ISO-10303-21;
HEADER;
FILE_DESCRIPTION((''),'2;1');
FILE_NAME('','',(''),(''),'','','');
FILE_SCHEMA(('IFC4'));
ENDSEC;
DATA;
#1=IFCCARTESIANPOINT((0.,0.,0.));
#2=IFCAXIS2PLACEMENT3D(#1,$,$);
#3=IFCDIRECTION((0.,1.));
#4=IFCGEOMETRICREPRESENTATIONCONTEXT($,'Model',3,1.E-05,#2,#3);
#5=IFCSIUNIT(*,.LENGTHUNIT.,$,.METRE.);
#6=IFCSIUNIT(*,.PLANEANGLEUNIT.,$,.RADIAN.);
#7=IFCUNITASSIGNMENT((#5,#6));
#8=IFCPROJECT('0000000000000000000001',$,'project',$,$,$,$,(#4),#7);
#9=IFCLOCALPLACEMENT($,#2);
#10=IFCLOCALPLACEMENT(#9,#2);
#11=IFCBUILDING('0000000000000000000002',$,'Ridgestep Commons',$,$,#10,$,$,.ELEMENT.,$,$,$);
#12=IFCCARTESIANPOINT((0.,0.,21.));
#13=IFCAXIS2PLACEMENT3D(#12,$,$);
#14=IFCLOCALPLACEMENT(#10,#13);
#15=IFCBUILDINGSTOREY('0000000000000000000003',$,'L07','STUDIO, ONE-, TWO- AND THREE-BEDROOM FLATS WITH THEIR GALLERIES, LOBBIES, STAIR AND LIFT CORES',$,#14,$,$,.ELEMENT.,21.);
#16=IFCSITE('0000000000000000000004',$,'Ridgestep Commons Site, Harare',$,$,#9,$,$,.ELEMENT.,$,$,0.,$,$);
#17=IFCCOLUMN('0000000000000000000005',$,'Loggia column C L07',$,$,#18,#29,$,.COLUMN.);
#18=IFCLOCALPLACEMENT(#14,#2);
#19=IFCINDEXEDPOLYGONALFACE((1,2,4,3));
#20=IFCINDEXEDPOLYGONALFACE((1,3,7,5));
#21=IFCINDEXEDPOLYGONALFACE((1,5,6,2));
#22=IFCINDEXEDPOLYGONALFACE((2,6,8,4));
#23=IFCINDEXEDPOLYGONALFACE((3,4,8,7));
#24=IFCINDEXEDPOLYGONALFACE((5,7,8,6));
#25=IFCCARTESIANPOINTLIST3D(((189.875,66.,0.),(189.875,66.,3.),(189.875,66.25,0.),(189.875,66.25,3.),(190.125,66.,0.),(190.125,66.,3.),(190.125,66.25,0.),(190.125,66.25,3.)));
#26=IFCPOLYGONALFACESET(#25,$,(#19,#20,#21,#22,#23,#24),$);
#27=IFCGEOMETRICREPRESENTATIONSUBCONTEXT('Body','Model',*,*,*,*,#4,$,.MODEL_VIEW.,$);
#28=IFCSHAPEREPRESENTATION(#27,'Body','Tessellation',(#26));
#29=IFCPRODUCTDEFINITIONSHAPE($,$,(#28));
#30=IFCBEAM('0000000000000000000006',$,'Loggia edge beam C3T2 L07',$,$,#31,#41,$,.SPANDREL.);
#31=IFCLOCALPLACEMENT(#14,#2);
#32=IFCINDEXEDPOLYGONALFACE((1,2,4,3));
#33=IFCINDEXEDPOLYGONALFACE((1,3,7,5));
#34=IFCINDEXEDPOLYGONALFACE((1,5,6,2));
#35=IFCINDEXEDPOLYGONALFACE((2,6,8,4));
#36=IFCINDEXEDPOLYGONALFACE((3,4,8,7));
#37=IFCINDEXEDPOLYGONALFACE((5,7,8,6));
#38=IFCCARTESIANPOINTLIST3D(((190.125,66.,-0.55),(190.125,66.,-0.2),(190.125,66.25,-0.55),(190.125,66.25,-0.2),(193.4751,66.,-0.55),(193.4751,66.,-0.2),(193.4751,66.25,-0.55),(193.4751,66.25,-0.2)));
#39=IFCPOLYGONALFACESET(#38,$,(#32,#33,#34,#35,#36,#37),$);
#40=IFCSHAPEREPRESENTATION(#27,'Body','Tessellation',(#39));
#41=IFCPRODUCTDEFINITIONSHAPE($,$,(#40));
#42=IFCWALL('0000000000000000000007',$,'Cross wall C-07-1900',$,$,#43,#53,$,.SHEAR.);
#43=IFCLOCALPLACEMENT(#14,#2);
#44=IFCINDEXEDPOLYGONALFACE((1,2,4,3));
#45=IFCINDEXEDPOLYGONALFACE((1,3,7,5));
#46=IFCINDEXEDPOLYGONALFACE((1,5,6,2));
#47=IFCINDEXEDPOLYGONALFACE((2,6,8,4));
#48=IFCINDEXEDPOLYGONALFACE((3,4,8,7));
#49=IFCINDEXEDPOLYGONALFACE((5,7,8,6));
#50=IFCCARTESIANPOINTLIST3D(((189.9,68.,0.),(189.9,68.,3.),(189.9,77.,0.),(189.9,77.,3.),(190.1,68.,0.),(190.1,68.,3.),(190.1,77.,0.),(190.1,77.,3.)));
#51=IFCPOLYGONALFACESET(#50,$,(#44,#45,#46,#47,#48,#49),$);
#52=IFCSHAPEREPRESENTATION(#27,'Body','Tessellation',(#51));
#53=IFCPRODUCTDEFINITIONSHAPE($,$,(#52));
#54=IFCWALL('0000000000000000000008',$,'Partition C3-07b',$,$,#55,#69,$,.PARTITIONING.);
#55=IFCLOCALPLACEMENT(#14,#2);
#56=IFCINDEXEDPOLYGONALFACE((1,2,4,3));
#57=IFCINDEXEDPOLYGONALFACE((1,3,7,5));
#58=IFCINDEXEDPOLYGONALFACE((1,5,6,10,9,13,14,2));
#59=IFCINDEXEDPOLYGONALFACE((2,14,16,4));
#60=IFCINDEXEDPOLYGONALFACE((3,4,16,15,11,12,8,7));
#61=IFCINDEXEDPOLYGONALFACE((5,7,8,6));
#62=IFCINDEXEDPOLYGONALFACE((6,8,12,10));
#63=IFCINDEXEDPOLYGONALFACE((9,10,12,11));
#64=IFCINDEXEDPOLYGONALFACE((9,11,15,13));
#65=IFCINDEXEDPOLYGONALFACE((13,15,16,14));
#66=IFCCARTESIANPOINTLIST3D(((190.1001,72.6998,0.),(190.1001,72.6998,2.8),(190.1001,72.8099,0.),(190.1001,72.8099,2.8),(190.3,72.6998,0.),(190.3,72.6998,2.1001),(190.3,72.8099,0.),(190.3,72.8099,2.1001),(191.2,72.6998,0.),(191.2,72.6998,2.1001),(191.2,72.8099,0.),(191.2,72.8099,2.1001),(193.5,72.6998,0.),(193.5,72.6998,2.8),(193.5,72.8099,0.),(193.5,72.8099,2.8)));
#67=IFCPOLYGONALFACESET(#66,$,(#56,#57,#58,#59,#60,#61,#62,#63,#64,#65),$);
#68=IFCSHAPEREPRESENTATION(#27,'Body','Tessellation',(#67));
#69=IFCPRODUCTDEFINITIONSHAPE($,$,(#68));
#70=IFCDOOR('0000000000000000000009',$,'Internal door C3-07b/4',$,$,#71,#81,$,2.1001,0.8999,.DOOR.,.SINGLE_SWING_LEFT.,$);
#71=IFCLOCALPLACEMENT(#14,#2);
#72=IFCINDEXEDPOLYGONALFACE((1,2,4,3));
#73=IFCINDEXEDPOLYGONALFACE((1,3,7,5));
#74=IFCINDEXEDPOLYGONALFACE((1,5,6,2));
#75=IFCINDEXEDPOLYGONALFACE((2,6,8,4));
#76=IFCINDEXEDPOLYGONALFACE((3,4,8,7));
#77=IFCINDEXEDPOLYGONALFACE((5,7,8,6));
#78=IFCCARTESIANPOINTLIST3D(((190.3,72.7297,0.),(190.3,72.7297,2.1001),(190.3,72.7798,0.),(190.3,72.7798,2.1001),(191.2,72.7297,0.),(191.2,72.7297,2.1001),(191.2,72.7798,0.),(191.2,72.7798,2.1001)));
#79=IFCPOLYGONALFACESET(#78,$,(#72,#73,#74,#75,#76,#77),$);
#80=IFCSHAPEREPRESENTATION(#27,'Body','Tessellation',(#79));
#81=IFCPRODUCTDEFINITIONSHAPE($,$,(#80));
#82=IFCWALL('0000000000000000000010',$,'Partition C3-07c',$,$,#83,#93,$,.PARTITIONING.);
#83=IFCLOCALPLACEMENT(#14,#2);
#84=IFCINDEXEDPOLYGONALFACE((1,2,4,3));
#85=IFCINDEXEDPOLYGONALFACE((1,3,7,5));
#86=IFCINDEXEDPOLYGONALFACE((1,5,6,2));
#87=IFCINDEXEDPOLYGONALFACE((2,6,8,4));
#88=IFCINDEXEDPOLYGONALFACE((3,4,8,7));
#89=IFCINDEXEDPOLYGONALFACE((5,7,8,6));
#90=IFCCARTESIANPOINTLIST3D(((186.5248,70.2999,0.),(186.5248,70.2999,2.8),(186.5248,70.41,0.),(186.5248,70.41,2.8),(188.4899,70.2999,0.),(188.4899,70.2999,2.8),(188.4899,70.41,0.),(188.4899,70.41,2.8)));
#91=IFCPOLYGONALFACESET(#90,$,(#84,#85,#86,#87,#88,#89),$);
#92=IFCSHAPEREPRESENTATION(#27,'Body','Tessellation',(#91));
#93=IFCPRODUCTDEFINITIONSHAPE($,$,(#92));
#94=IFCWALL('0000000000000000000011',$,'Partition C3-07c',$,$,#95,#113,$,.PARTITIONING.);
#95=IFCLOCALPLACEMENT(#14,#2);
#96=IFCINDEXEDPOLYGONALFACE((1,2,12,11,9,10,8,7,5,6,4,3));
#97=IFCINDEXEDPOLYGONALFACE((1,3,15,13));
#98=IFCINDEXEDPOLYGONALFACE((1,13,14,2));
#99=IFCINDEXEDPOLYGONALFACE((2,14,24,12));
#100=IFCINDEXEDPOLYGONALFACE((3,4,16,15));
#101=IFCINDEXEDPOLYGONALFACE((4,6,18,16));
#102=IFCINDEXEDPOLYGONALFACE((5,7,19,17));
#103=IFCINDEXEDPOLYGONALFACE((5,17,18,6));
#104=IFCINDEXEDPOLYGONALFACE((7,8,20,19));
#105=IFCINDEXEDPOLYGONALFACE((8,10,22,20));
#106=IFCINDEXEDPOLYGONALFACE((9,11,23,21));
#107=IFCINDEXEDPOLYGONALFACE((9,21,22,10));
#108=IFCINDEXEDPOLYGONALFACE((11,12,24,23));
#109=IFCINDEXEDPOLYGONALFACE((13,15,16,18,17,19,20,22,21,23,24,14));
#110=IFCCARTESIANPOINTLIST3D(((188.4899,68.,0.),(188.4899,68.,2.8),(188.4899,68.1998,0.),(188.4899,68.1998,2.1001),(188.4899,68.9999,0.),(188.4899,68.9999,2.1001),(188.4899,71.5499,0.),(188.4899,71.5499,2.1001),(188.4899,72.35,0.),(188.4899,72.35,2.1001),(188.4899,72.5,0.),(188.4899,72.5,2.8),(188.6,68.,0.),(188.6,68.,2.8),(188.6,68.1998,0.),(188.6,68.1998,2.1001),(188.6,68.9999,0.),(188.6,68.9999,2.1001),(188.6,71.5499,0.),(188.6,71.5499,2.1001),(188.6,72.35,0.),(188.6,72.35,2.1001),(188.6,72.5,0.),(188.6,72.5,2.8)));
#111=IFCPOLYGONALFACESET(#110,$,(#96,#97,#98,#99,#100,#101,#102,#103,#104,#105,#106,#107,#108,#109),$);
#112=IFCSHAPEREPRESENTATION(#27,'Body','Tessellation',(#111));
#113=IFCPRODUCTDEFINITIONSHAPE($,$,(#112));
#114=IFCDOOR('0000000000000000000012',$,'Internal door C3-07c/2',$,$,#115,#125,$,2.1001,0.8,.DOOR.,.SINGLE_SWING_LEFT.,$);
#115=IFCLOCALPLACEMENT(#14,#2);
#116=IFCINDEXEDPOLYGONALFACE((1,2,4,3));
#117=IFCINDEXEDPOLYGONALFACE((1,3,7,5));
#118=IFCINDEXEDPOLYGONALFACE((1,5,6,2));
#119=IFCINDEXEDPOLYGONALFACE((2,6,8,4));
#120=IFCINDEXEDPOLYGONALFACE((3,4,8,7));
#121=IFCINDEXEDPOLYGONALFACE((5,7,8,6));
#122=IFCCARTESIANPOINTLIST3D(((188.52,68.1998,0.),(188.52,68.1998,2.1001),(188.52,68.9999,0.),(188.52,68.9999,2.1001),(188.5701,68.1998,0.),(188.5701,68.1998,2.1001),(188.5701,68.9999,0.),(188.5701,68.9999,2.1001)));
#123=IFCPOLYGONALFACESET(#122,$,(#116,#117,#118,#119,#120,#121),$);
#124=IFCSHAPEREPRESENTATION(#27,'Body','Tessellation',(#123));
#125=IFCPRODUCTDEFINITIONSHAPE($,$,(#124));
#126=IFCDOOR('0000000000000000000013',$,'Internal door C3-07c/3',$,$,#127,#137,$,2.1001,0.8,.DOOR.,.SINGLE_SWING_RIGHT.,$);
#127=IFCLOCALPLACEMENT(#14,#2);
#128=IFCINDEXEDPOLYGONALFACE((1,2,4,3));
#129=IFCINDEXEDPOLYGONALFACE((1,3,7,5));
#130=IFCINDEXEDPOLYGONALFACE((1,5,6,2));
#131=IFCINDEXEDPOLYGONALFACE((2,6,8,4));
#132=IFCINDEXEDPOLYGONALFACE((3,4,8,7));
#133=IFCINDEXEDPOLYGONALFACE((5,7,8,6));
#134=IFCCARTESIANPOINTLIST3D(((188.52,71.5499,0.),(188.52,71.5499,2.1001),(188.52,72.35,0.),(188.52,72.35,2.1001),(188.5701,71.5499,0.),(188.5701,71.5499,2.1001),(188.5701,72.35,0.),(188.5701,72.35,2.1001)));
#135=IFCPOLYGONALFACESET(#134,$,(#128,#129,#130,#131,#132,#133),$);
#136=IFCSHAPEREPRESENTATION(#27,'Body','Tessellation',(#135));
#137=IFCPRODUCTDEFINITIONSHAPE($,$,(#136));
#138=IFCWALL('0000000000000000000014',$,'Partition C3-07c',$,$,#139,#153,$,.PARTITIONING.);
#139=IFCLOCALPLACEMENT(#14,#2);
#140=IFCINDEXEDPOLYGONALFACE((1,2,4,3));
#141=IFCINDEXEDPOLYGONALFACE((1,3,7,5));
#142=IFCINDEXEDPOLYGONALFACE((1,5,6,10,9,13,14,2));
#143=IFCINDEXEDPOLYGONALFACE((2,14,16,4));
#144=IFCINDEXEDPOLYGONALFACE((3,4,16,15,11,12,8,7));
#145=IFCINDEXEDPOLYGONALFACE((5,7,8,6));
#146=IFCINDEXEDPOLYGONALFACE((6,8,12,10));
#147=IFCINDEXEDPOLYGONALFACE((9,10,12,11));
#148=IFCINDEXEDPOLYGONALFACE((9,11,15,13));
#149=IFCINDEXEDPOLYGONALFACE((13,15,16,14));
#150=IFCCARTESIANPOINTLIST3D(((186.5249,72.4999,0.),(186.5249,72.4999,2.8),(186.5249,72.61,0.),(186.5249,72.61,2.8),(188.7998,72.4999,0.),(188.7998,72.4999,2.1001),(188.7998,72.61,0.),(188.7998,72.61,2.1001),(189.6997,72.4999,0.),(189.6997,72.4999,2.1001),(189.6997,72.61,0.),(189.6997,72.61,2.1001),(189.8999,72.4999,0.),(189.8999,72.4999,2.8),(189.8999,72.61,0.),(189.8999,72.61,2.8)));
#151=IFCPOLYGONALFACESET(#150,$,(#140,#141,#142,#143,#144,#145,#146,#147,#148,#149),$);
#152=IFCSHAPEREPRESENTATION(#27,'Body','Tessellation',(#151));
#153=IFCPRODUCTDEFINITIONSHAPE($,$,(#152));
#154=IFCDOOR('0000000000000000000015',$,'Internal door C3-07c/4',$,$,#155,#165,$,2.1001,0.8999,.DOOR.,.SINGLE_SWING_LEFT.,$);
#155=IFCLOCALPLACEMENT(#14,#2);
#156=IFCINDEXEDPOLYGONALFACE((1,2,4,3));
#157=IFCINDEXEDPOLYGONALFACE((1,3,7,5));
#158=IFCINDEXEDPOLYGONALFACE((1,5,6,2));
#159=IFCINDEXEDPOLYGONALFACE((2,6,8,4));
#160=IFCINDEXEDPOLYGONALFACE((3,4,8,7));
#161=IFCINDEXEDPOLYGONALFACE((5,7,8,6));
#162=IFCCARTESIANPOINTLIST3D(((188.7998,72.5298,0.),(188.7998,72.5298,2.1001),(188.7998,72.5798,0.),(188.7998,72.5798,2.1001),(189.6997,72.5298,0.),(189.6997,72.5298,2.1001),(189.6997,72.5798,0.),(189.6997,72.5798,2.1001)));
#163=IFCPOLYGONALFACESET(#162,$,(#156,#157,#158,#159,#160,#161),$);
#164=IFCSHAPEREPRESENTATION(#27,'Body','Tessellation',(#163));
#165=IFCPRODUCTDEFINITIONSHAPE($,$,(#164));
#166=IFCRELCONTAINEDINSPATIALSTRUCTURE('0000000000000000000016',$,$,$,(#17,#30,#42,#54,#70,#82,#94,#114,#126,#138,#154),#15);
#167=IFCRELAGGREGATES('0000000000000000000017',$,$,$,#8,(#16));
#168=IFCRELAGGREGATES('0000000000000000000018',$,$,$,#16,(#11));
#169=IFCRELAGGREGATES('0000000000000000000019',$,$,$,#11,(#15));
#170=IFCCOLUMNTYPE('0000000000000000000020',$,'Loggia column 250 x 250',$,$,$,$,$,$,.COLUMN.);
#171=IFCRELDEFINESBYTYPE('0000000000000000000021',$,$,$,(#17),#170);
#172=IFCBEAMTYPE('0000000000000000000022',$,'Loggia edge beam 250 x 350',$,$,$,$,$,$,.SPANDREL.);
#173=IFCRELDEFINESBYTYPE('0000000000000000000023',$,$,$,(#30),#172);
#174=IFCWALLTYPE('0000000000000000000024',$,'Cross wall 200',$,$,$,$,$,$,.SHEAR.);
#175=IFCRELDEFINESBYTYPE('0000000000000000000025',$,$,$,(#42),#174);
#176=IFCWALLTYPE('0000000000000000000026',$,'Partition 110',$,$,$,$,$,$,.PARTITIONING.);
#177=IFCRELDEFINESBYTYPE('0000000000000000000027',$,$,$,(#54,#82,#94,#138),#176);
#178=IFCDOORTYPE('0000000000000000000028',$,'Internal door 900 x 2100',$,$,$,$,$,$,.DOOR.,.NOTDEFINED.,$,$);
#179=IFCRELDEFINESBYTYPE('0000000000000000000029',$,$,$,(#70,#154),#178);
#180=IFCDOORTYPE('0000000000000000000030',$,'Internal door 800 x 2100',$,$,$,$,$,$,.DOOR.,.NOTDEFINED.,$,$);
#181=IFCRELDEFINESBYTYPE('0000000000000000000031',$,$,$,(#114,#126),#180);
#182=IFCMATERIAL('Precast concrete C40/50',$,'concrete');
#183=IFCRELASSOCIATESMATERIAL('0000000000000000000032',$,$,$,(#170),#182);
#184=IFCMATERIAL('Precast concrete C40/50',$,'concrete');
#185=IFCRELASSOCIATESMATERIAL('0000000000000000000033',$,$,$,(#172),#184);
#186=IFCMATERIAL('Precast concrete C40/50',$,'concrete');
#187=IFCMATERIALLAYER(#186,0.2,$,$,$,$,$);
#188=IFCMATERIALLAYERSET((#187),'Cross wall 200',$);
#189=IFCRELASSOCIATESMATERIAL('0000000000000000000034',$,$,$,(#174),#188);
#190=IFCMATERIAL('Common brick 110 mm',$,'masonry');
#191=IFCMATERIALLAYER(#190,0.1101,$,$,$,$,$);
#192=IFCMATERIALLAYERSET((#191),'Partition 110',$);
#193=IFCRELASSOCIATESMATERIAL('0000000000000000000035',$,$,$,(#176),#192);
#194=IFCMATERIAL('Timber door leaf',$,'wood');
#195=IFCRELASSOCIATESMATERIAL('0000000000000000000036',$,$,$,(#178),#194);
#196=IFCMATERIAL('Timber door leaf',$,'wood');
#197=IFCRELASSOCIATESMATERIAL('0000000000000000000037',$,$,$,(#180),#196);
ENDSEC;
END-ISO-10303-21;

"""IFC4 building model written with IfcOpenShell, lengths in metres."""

from ifc_helpers import new_model, si_unit, direction, frame, frame_2d, origin, origin_2d, place, context, subcontext, project, spatial, rectangle, extrude, material, layer, layer_set, material_profile, profile_set, type_object, element, fill, save


model = new_model("IFC4")

# Units and contexts
model_context = context("Model", 3, precision=1e-05, world=origin(), true_north=direction((0.0, 1.0)))
body_context = subcontext(model_context, "Body", "Model", "MODEL_VIEW")
ifc_project = project(units=[si_unit("LENGTHUNIT", "METRE"), si_unit("PLANEANGLEUNIT", "RADIAN")], contexts=[model_context])

# Site, building, storey
site_placement = place(None, origin())
site = spatial("IfcSite", under=ifc_project, at=site_placement, Name="Ridgestep Commons Site, Harare", CompositionType="ELEMENT", RefElevation=0.0)
building_placement = place(site_placement, origin())
building = spatial("IfcBuilding", under=site, at=building_placement, Name="Ridgestep Commons", CompositionType="ELEMENT")
storey_placement = place(building_placement, frame((0.0, 0.0, 21.0)))
storey = spatial("IfcBuildingStorey", under=building, at=storey_placement, Name="L07", Description="STUDIO, ONE-, TWO- AND THREE-BEDROOM FLATS WITH THEIR GALLERIES, LOBBIES, STAIR AND LIFT CORES", CompositionType="ELEMENT", Elevation=21.0)

# Column
ifc_material_1 = material(Name="Precast concrete C40/50", Category="concrete")
ifc_material_profile_1 = material_profile(ifc_material_1, rectangle(XDim=0.25, YDim=0.25, at=origin_2d()), Name="PC 250x250")
ifc_profile_set_1 = profile_set([ifc_material_profile_1], Name="Precast concrete C40/50")
column_type = type_object("IfcColumnType", Name="Loggia column 250 x 250", PredefinedType="COLUMN", material=ifc_profile_set_1)
column_placement = place(storey_placement, frame((190.0, 66.125, 0.0), z_axis=(0.0, 0.0, 1.0), x_axis=(1.0, 0.0, 0.0)))
element("IfcColumn", 1, at=column_placement, inside=storey, type_object=column_type, Name="Loggia column C L07", PredefinedType="COLUMN", context=body_context, shape_type="SweptSolid", body=[
    extrude(rectangle(XDim=0.25, YDim=0.25, at=origin_2d()), origin(), (0.0, 0.0, 1.0), 3.0),
])

# Beam
ifc_material_2 = material(Name="Precast concrete C40/50", Category="concrete")
ifc_material_profile_2 = material_profile(ifc_material_2, rectangle(XDim=0.25, YDim=0.3501, at=origin_2d()), Name="PC 250x350")
ifc_profile_set_2 = profile_set([ifc_material_profile_2], Name="Precast concrete C40/50")
beam_type = type_object("IfcBeamType", Name="Loggia edge beam 250 x 350", PredefinedType="SPANDREL", material=ifc_profile_set_2)
beam_placement = place(storey_placement, frame((190.125, 66.125, -0.375), z_axis=(1.0, 0.0, 0.0), x_axis=(0.0, 1.0, 0.0)))
element("IfcBeam", 2, at=beam_placement, inside=storey, type_object=beam_type, Name="Loggia edge beam C3T2 L07", PredefinedType="SPANDREL", context=body_context, shape_type="SweptSolid", body=[
    extrude(rectangle(XDim=0.25, YDim=0.3501, at=origin_2d()), origin(), (0.0, 0.0, 1.0), 3.3501),
])

# Wall
ifc_material_3 = material(Name="Precast concrete C40/50", Category="concrete")
ifc_layer_1 = layer(ifc_material_3, 0.2)
ifc_layer_set_1 = layer_set([ifc_layer_1], Name="Cross wall 200")
wall_type_1 = type_object("IfcWallType", Name="Cross wall 200", PredefinedType="SHEAR", material=ifc_layer_set_1)
wall_1_placement = place(storey_placement, frame((190.0, 68.0, 0.0), z_axis=(0.0, 0.0, 1.0), x_axis=(0.0, 1.0, 0.0)))
element("IfcWall", 3, at=wall_1_placement, inside=storey, type_object=wall_type_1, Name="Cross wall C-07-1900", PredefinedType="SHEAR", context=body_context, shape_type="SweptSolid", body=[
    extrude(rectangle(XDim=9.0, YDim=0.2, at=frame_2d((4.5, 0.0))), origin(), (0.0, 0.0, 1.0), 3.0),
])

# Wall, opening, door
ifc_material_4 = material(Name="Common brick 110 mm", Category="masonry")
ifc_layer_2 = layer(ifc_material_4, 0.1101)
ifc_layer_set_2 = layer_set([ifc_layer_2], Name="Partition 110")
wall_type_2 = type_object("IfcWallType", Name="Partition 110", PredefinedType="PARTITIONING", material=ifc_layer_set_2)
wall_2_placement = place(storey_placement, frame((190.1001, 72.7549, 0.0), z_axis=(0.0, 0.0, 1.0), x_axis=(1.0, 0.0, 0.0)))
wall_2 = element("IfcWall", 4, at=wall_2_placement, inside=storey, type_object=wall_type_2, Name="Partition C3-07b", PredefinedType="PARTITIONING", context=body_context, shape_type="SweptSolid", body=[
    extrude(rectangle(XDim=3.3999, YDim=0.1101, at=frame_2d((1.7, 0.0))), origin(), (0.0, 0.0, 1.0), 2.8),
])
opening_1_placement = place(wall_2_placement, frame((0.2, 0.0, 0.0)))
opening_1 = element("IfcOpeningElement", 5, at=opening_1_placement, cuts=wall_2, PredefinedType="OPENING", context=body_context, shape_type="SweptSolid", body=[
    extrude(rectangle(XDim=0.8999, YDim=2.1001, at=frame_2d((0.45, 1.05))), frame((0.0, 0.0649, 0.0), z_axis=(0.0, -1.0, 0.0), x_axis=(1.0, 0.0, 0.0)), (0.0, 0.0, 1.0), 0.1301),
])
ifc_material_5 = material(Name="Timber door leaf", Category="wood")
door_type_1 = type_object("IfcDoorType", Name="Internal door 900 x 2100", OperationType="NOTDEFINED", PredefinedType="DOOR", material=ifc_material_5)
door_1_placement = place(opening_1_placement, origin())
door_1 = element("IfcDoor", 6, at=door_1_placement, inside=storey, type_object=door_type_1, Name="Internal door C3-07b/4", OperationType="SINGLE_SWING_LEFT", OverallHeight=2.1001, OverallWidth=0.8999, PredefinedType="DOOR", context=body_context, shape_type="SweptSolid", body=[
    extrude(rectangle(XDim=0.8999, YDim=2.1001, at=frame_2d((0.45, 1.05))), frame((0.0, 0.0249, 0.0), z_axis=(0.0, -1.0, 0.0), x_axis=(1.0, 0.0, 0.0)), (0.0, 0.0, 1.0), 0.05),
])
fill(opening_1, door_1)

# Wall
wall_3_placement = place(storey_placement, frame((186.5249, 70.355, 0.0), z_axis=(0.0, 0.0, 1.0), x_axis=(1.0, 0.0, 0.0)))
element("IfcWall", 7, at=wall_3_placement, inside=storey, type_object=wall_type_2, Name="Partition C3-07c", PredefinedType="PARTITIONING", context=body_context, shape_type="SweptSolid", body=[
    extrude(rectangle(XDim=1.9651, YDim=0.1101, at=frame_2d((0.9824, 0.0))), origin(), (0.0, 0.0, 1.0), 2.8),
])

# Wall, openings, doors
wall_4_placement = place(storey_placement, frame((188.5449, 68.0, 0.0), z_axis=(0.0, 0.0, 1.0), x_axis=(0.0, 1.0, 0.0)))
wall_4 = element("IfcWall", 8, at=wall_4_placement, inside=storey, type_object=wall_type_2, Name="Partition C3-07c", PredefinedType="PARTITIONING", context=body_context, shape_type="SweptSolid", body=[
    extrude(rectangle(XDim=4.5, YDim=0.1101, at=frame_2d((2.25, 0.0))), origin(), (0.0, 0.0, 1.0), 2.8),
])
opening_2_placement = place(wall_4_placement, frame((0.2, 0.0, 0.0)))
opening_2 = element("IfcOpeningElement", 9, at=opening_2_placement, cuts=wall_4, PredefinedType="OPENING", context=body_context, shape_type="SweptSolid", body=[
    extrude(rectangle(XDim=0.8, YDim=2.1001, at=frame_2d((0.3999, 1.05))), frame((0.0, 0.0649, 0.0), z_axis=(0.0, -1.0, 0.0), x_axis=(1.0, 0.0, 0.0)), (0.0, 0.0, 1.0), 0.1301),
])
opening_3_placement = place(wall_4_placement, frame((3.55, 0.0, 0.0)))
opening_3 = element("IfcOpeningElement", 10, at=opening_3_placement, cuts=wall_4, PredefinedType="OPENING", context=body_context, shape_type="SweptSolid", body=[
    extrude(rectangle(XDim=0.8, YDim=2.1001, at=frame_2d((0.3999, 1.05))), frame((0.0, 0.0649, 0.0), z_axis=(0.0, -1.0, 0.0), x_axis=(1.0, 0.0, 0.0)), (0.0, 0.0, 1.0), 0.1301),
])
ifc_material_6 = material(Name="Timber door leaf", Category="wood")
door_type_2 = type_object("IfcDoorType", Name="Internal door 800 x 2100", OperationType="NOTDEFINED", PredefinedType="DOOR", material=ifc_material_6)
door_2_placement = place(opening_2_placement, origin())
door_2 = element("IfcDoor", 11, at=door_2_placement, inside=storey, type_object=door_type_2, Name="Internal door C3-07c/2", OperationType="SINGLE_SWING_LEFT", OverallHeight=2.1001, OverallWidth=0.8, PredefinedType="DOOR", context=body_context, shape_type="SweptSolid", body=[
    extrude(rectangle(XDim=0.8, YDim=2.1001, at=frame_2d((0.3999, 1.05))), frame((0.0, 0.0249, 0.0), z_axis=(0.0, -1.0, 0.0), x_axis=(1.0, 0.0, 0.0)), (0.0, 0.0, 1.0), 0.05),
])
fill(opening_2, door_2)
door_3_placement = place(opening_3_placement, origin())
door_3 = element("IfcDoor", 12, at=door_3_placement, inside=storey, type_object=door_type_2, Name="Internal door C3-07c/3", OperationType="SINGLE_SWING_RIGHT", OverallHeight=2.1001, OverallWidth=0.8, PredefinedType="DOOR", context=body_context, shape_type="SweptSolid", body=[
    extrude(rectangle(XDim=0.8, YDim=2.1001, at=frame_2d((0.3999, 1.05))), frame((0.0, 0.0249, 0.0), z_axis=(0.0, -1.0, 0.0), x_axis=(1.0, 0.0, 0.0)), (0.0, 0.0, 1.0), 0.05),
])
fill(opening_3, door_3)

# Wall, opening, door
wall_5_placement = place(storey_placement, frame((186.5249, 72.5549, 0.0), z_axis=(0.0, 0.0, 1.0), x_axis=(1.0, 0.0, 0.0)))
wall_5 = element("IfcWall", 13, at=wall_5_placement, inside=storey, type_object=wall_type_2, Name="Partition C3-07c", PredefinedType="PARTITIONING", context=body_context, shape_type="SweptSolid", body=[
    extrude(rectangle(XDim=3.375, YDim=0.1101, at=frame_2d((1.6875, 0.0))), origin(), (0.0, 0.0, 1.0), 2.8),
])
opening_4_placement = place(wall_5_placement, frame((2.2749, 0.0, 0.0)))
opening_4 = element("IfcOpeningElement", 14, at=opening_4_placement, cuts=wall_5, PredefinedType="OPENING", context=body_context, shape_type="SweptSolid", body=[
    extrude(rectangle(XDim=0.8999, YDim=2.1001, at=frame_2d((0.45, 1.05))), frame((0.0, 0.0649, 0.0), z_axis=(0.0, -1.0, 0.0), x_axis=(1.0, 0.0, 0.0)), (0.0, 0.0, 1.0), 0.1301),
])
door_4_placement = place(opening_4_placement, origin())
door_4 = element("IfcDoor", 15, at=door_4_placement, inside=storey, type_object=door_type_1, Name="Internal door C3-07c/4", OperationType="SINGLE_SWING_LEFT", OverallHeight=2.1001, OverallWidth=0.8999, PredefinedType="DOOR", context=body_context, shape_type="SweptSolid", body=[
    extrude(rectangle(XDim=0.8999, YDim=2.1001, at=frame_2d((0.45, 1.05))), frame((0.0, 0.0249, 0.0), z_axis=(0.0, -1.0, 0.0), x_axis=(1.0, 0.0, 0.0)), (0.0, 0.0, 1.0), 0.05),
])
fill(opening_4, door_4)

save(model, "model.ifc")
